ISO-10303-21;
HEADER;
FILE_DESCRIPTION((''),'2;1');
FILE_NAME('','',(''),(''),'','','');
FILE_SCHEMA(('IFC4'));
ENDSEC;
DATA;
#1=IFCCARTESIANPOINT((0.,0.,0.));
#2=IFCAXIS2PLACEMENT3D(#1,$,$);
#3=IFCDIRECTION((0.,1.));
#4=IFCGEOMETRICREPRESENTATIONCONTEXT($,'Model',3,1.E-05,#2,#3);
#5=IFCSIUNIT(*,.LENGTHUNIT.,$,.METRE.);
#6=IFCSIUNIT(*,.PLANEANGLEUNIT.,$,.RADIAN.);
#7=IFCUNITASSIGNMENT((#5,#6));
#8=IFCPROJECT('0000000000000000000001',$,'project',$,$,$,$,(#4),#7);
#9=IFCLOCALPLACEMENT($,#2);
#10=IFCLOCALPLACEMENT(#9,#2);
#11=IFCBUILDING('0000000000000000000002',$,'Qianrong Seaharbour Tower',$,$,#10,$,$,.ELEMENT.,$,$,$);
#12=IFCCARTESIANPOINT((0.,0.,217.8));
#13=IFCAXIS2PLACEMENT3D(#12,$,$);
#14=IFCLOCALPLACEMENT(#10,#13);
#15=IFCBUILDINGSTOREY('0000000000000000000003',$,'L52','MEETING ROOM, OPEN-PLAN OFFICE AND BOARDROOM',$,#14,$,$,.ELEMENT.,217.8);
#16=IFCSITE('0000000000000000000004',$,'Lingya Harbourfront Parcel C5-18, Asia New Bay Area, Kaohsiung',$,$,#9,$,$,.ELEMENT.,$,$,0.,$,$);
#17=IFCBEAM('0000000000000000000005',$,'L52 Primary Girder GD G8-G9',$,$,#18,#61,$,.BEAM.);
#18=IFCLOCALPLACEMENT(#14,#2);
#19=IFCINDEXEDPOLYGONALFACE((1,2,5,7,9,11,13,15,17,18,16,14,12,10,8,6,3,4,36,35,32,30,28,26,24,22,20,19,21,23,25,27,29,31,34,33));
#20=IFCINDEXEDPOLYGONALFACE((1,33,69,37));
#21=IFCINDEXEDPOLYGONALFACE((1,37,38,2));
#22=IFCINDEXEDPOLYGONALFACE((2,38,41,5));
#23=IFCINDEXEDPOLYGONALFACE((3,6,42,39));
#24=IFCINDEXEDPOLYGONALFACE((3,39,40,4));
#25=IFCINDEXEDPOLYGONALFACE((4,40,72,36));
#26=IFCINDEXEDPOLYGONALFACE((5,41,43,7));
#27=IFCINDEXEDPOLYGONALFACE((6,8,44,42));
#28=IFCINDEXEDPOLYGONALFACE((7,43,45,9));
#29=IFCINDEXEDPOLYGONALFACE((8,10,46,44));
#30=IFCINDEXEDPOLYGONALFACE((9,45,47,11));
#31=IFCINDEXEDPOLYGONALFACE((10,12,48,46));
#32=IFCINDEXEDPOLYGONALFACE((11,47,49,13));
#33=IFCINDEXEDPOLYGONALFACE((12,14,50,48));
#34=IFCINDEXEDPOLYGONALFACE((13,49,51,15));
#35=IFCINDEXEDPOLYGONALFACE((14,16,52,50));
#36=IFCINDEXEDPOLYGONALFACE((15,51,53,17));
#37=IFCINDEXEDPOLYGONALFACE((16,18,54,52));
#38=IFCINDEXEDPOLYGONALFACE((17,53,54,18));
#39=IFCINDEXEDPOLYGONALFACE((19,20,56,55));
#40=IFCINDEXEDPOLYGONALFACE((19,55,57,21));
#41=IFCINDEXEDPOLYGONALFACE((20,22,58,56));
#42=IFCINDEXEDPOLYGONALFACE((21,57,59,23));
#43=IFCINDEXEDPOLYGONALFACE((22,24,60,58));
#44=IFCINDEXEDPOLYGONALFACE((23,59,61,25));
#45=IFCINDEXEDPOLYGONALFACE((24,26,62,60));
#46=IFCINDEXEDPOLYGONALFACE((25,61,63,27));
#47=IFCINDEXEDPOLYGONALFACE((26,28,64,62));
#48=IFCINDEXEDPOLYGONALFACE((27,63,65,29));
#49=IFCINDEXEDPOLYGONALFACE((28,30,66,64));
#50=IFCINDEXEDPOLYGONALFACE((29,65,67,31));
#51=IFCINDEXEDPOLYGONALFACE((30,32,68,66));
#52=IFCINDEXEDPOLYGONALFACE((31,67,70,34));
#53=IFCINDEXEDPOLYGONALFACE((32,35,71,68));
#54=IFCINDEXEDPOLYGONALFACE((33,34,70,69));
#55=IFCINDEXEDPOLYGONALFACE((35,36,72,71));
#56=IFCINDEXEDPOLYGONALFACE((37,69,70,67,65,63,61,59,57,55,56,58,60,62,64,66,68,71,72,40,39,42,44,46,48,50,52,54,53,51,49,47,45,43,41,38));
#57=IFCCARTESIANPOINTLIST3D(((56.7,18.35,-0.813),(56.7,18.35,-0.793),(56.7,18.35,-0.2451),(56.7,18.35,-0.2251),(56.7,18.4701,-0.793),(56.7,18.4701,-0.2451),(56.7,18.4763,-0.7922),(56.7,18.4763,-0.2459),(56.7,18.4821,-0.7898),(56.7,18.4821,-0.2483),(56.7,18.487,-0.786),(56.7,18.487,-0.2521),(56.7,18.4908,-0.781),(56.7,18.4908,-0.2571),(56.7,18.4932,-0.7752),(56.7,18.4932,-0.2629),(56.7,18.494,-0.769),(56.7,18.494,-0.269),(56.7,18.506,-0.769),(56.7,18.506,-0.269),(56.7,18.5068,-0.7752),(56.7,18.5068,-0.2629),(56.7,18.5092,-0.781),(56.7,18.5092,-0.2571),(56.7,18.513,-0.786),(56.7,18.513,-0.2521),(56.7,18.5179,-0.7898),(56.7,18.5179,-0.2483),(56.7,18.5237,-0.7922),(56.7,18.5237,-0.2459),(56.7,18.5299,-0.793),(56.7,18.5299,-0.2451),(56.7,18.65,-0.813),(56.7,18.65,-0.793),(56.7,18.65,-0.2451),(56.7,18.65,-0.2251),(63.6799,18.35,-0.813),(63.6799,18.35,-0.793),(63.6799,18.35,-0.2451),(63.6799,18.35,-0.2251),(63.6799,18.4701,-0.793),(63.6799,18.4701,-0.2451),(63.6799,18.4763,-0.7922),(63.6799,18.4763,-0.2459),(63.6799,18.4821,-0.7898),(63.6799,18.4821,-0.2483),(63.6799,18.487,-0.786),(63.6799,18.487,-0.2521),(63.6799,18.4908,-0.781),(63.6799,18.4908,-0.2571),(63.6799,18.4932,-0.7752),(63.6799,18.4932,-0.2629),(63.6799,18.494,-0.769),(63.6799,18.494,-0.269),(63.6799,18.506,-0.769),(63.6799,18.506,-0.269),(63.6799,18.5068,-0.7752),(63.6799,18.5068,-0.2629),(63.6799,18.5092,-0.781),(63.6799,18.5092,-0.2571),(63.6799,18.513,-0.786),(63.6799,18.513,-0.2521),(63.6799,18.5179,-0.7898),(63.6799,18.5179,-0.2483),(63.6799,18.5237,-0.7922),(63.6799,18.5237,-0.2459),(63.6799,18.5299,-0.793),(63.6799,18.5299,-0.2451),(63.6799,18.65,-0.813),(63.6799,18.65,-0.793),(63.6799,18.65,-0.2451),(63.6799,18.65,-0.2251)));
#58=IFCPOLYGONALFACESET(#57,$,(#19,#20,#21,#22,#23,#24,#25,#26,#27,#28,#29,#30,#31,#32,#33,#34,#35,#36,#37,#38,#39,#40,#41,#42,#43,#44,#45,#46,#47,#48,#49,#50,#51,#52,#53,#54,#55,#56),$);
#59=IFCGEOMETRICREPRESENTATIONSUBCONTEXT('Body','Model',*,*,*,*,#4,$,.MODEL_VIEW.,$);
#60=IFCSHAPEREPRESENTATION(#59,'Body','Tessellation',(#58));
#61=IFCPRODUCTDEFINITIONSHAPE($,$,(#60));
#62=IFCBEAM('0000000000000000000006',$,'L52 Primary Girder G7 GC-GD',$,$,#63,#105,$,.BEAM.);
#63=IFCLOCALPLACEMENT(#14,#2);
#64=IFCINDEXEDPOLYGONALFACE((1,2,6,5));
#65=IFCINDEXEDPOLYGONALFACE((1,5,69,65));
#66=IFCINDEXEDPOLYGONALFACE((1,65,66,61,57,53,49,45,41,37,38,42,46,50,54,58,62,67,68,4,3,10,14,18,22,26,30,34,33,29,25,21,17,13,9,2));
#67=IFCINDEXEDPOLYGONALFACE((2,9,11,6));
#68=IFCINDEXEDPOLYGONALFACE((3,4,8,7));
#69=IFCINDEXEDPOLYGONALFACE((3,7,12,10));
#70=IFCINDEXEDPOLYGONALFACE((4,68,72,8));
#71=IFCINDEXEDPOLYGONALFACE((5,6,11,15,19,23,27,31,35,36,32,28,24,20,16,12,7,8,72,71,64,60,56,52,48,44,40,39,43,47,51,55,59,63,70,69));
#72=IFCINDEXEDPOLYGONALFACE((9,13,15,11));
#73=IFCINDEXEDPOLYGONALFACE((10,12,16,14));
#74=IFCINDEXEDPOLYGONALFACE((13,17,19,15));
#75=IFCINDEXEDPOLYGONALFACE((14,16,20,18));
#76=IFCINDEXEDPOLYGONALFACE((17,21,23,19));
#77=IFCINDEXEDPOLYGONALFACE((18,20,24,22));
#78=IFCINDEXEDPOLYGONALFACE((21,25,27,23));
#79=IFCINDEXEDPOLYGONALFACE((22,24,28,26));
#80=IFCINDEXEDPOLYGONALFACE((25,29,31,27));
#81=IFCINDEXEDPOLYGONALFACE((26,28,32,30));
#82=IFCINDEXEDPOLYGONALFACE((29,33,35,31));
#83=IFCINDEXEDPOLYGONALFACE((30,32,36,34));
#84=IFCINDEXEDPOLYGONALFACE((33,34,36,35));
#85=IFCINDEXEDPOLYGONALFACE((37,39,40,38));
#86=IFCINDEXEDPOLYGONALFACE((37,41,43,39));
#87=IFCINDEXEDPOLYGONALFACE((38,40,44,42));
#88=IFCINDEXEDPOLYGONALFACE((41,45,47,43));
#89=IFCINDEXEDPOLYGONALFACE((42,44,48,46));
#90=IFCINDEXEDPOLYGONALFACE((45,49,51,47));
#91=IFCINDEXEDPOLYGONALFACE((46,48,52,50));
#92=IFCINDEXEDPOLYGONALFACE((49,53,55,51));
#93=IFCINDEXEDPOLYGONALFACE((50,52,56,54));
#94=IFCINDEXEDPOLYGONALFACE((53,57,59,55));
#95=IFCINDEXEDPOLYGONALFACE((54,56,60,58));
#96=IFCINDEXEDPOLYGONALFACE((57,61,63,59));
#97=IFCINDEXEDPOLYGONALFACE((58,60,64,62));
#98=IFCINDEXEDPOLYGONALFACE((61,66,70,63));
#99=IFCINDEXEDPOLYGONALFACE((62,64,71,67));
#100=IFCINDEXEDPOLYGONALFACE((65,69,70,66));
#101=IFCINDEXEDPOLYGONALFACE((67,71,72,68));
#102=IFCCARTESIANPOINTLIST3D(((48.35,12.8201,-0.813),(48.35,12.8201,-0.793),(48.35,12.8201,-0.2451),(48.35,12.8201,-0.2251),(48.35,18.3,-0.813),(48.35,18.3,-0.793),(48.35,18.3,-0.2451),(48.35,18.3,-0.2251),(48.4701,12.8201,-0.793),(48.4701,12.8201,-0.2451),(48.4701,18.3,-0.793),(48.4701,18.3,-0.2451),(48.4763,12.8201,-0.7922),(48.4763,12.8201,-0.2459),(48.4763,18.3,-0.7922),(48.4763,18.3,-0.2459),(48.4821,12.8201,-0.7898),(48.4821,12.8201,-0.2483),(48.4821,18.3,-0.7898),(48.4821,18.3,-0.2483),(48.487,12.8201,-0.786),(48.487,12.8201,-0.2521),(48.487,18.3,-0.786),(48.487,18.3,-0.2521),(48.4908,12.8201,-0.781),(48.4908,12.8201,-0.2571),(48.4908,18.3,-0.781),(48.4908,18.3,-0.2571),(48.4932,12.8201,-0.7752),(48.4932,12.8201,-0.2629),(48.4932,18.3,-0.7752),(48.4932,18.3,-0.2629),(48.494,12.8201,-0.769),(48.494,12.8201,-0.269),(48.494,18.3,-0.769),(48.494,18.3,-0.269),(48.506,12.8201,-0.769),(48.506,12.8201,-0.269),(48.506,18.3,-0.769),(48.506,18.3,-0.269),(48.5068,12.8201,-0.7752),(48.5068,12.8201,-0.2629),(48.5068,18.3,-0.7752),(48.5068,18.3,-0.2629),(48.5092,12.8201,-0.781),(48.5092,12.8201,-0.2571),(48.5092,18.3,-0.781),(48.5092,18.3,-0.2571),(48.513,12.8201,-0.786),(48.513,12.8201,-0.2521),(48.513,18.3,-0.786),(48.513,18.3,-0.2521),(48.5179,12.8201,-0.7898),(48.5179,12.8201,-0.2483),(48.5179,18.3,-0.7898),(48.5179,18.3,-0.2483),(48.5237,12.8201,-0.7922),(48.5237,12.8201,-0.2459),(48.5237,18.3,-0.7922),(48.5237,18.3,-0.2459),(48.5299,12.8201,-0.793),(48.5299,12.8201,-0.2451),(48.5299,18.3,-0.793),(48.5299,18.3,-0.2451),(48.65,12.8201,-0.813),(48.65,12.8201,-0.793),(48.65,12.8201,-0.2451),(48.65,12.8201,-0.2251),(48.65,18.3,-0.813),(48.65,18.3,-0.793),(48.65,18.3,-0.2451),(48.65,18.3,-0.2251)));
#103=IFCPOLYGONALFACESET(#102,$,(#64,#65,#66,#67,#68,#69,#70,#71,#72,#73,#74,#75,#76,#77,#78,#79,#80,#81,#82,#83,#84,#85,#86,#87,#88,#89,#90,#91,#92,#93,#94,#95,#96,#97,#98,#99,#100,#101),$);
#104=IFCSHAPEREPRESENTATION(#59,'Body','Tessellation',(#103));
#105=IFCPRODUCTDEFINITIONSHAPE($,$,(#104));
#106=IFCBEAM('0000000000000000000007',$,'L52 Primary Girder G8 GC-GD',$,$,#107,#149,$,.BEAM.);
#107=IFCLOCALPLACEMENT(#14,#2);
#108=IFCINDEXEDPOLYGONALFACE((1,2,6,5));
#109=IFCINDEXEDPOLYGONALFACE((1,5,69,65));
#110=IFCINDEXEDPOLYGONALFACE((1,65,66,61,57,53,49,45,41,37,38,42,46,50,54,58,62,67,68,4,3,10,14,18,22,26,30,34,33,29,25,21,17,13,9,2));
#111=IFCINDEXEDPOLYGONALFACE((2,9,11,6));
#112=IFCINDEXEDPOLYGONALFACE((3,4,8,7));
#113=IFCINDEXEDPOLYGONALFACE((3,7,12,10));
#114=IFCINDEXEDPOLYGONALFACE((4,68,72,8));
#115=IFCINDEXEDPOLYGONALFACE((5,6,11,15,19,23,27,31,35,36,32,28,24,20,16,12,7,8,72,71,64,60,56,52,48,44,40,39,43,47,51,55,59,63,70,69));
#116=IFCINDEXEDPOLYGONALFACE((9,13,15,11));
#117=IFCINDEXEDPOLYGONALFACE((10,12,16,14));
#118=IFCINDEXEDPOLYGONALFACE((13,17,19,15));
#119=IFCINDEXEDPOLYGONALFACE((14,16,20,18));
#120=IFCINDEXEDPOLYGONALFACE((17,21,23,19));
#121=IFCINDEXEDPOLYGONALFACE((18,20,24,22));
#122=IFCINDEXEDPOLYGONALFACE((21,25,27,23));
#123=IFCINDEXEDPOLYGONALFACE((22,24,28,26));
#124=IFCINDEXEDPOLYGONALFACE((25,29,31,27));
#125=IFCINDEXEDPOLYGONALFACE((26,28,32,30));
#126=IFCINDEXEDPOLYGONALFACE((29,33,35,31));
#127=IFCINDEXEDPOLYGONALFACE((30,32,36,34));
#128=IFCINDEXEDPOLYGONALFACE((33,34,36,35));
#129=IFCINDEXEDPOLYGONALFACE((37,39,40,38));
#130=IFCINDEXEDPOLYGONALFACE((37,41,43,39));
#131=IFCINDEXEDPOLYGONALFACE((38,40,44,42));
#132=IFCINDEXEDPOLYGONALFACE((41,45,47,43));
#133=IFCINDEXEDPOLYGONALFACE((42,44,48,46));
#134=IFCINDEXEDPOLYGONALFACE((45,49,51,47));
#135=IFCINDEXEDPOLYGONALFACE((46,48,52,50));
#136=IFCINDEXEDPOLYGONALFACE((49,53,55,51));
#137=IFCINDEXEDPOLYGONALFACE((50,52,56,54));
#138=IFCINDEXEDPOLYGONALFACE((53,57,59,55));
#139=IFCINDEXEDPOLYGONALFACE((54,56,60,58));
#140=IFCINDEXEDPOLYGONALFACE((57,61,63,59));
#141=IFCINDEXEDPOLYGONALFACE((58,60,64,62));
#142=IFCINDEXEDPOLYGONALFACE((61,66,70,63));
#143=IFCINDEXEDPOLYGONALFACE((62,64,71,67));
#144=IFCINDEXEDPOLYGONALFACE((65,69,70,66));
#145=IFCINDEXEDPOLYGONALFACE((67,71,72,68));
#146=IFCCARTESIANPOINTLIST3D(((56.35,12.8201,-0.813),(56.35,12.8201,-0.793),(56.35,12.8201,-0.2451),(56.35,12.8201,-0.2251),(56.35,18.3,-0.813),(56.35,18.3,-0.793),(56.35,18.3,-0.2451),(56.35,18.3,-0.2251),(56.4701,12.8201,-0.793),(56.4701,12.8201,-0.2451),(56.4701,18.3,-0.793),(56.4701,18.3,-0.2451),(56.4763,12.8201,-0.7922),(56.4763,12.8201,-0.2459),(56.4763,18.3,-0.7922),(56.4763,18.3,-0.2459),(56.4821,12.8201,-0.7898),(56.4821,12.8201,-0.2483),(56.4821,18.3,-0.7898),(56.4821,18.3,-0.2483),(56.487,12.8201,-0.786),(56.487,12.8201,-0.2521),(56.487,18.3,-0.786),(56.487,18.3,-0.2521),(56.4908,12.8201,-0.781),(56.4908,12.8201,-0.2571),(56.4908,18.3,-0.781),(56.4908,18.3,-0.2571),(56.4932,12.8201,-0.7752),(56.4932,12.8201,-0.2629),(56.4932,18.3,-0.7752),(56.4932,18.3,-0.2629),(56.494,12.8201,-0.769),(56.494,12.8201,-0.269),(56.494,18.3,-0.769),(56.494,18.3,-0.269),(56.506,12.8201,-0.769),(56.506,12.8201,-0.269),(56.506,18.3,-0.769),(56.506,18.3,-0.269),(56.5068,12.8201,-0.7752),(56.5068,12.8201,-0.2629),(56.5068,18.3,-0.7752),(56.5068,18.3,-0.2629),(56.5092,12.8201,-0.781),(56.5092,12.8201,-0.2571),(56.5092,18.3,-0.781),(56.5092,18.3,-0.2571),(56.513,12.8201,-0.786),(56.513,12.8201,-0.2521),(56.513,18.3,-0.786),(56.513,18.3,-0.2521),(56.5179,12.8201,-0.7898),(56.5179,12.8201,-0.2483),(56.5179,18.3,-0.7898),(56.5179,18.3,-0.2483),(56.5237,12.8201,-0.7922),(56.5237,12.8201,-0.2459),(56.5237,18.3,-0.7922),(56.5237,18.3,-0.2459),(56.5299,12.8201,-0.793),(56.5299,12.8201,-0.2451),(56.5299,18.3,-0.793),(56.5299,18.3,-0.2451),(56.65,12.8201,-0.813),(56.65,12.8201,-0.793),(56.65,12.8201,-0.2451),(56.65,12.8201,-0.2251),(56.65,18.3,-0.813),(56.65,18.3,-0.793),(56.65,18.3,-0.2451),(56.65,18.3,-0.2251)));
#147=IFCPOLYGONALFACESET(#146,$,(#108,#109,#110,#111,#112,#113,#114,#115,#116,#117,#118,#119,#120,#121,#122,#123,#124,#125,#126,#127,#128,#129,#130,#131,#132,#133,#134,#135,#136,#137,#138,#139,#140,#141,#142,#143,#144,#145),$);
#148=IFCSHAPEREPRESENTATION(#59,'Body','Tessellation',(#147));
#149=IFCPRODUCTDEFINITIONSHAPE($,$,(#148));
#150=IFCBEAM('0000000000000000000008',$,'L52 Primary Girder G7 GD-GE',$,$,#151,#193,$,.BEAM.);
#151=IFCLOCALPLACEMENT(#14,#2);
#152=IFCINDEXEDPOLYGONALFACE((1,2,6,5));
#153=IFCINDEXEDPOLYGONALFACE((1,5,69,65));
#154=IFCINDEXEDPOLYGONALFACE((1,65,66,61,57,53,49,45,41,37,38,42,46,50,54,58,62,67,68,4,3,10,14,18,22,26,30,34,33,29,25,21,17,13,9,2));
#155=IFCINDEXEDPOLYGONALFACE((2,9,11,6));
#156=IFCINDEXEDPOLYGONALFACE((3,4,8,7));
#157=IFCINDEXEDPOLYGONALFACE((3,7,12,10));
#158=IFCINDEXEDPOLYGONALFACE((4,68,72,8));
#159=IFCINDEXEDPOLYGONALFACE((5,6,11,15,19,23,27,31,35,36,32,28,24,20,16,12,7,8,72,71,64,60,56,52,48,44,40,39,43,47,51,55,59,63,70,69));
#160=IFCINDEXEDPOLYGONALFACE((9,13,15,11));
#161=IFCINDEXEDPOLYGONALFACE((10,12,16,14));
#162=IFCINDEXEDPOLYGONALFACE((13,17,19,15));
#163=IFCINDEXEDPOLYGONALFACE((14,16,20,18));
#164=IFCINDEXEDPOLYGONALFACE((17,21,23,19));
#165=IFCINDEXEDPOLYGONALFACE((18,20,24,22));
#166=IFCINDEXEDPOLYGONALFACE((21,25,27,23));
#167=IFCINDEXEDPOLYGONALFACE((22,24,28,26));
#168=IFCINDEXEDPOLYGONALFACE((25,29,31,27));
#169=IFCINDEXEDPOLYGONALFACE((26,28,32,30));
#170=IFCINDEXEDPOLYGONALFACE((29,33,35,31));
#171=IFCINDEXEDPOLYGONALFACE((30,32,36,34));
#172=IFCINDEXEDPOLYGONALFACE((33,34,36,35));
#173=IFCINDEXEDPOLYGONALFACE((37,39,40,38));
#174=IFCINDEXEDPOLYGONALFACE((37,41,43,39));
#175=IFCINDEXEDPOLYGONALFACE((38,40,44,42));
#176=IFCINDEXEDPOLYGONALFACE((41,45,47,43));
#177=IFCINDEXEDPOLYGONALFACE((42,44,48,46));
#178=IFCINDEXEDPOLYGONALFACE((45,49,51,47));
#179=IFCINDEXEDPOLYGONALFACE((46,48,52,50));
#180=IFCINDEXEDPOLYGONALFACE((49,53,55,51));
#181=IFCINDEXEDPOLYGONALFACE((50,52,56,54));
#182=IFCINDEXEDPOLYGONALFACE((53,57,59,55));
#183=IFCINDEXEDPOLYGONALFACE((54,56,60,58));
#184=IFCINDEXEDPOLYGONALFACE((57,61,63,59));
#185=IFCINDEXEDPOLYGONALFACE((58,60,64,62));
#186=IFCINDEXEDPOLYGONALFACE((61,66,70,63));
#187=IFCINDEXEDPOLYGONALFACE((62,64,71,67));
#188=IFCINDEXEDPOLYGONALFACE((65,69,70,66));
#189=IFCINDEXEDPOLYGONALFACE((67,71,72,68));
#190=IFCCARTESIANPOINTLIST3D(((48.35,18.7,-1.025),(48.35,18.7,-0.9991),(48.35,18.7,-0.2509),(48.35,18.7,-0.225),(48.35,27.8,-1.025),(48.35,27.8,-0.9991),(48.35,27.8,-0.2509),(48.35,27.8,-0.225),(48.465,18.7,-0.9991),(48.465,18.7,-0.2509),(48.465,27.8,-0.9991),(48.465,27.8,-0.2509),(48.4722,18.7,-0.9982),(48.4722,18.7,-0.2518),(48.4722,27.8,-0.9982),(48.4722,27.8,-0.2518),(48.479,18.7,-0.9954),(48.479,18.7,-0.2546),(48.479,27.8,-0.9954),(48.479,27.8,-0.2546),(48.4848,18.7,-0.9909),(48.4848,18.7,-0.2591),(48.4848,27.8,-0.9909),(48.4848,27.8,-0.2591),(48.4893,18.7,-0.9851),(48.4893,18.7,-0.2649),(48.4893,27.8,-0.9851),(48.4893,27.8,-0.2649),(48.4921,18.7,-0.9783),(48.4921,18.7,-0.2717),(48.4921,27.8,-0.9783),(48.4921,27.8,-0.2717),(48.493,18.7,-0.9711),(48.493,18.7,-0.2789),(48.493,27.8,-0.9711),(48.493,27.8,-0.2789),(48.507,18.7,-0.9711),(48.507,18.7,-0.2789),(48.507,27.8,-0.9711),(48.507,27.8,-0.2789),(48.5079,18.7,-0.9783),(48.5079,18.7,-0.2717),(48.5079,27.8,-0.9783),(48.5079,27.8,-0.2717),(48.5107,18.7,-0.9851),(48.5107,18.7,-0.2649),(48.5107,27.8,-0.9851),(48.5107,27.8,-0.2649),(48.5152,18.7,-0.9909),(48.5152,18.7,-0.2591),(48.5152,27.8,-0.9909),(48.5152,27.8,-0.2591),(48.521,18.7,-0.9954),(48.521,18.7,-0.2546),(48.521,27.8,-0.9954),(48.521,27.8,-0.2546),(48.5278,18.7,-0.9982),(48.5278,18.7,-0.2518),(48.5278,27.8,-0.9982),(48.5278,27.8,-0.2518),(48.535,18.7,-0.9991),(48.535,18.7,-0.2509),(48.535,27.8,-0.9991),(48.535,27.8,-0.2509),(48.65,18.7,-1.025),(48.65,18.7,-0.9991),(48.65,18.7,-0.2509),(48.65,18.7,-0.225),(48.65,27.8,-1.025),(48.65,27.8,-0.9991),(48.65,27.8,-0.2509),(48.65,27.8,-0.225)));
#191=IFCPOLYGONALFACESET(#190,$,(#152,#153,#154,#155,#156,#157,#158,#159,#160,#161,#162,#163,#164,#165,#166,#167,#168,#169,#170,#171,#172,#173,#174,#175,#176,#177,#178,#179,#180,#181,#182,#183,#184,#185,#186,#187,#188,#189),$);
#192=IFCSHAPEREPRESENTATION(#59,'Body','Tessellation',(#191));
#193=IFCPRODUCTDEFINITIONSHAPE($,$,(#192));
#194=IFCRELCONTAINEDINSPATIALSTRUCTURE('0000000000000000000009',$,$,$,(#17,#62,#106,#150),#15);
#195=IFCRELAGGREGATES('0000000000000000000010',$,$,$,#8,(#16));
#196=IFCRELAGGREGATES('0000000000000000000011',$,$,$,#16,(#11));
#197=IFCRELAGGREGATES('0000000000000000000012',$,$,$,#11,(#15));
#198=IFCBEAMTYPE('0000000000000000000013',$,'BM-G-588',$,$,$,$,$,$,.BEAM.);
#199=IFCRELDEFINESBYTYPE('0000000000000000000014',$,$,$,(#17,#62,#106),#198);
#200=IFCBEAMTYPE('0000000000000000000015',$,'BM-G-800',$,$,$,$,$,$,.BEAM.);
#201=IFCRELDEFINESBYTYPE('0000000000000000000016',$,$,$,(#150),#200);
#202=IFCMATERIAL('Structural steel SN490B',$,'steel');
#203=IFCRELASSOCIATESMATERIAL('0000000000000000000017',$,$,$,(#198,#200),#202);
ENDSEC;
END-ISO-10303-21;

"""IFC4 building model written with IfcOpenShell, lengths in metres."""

from ifc_helpers import new_model, si_unit, direction, frame, origin, origin_2d, place, context, subcontext, project, spatial, i_section, extrude, material, material_profile, profile_set, type_object, element, save


model = new_model("IFC4")

# Units and contexts
model_context = context("Model", 3, precision=1e-05, world=origin(), true_north=direction((0.0, 1.0)))
body_context = subcontext(model_context, "Body", "Model", "MODEL_VIEW")
ifc_project = project(units=[si_unit("LENGTHUNIT", "METRE"), si_unit("PLANEANGLEUNIT", "RADIAN")], contexts=[model_context])

# Site, building, storey
site_placement = place(None, origin())
site = spatial("IfcSite", under=ifc_project, at=site_placement, Name="Lingya Harbourfront Parcel C5-18, Asia New Bay Area, Kaohsiung", CompositionType="ELEMENT", RefElevation=0.0)
building_placement = place(site_placement, origin())
building = spatial("IfcBuilding", under=site, at=building_placement, Name="Qianrong Seaharbour Tower", CompositionType="ELEMENT")
storey_placement = place(building_placement, frame((0.0, 0.0, 217.8)))
storey = spatial("IfcBuildingStorey", under=building, at=storey_placement, Name="L52", Description="MEETING ROOM, OPEN-PLAN OFFICE AND BOARDROOM", CompositionType="ELEMENT", Elevation=217.8)

# Shared definitions
ifc_material_1 = material(Name="Structural steel SN490B", Category="steel")

# Beams
ifc_material_profile_1 = material_profile(ifc_material_1, i_section(OverallWidth=0.3, OverallDepth=0.5879, WebThickness=0.012, FlangeThickness=0.02, FilletRadius=0.0239, at=origin_2d()), Name="H588x300x12x20")
ifc_profile_set_1 = profile_set([ifc_material_profile_1], Name="Structural steel SN490B")
beam_type_1 = type_object("IfcBeamType", Name="BM-G-588", PredefinedType="BEAM", material=ifc_profile_set_1)
beam_1_placement = place(storey_placement, frame((56.7, 18.5, -0.519), z_axis=(1.0, 0.0, 0.0), x_axis=(0.0, 1.0, 0.0)))
element("IfcBeam", 1, at=beam_1_placement, inside=storey, type_object=beam_type_1, Name="L52 Primary Girder GD G8-G9", PredefinedType="BEAM", context=body_context, shape_type="SweptSolid", body=[
    extrude(i_section(OverallWidth=0.3, OverallDepth=0.5879, WebThickness=0.012, FlangeThickness=0.02, FilletRadius=0.0239, at=origin_2d()), origin(), (0.0, 0.0, 1.0), 6.98),
])
for number, where, z_axis, x_axis, name in (
    (2, (48.5, 12.8201, -0.519), (0.0, 1.0, 0.0), (-1.0, 0.0, 0.0), "L52 Primary Girder G7 GC-GD"),
    (3, (56.5, 12.8201, -0.519), (0.0, 1.0, 0.0), (-1.0, 0.0, 0.0), "L52 Primary Girder G8 GC-GD"),
):
    element("IfcBeam", number, at=place(storey_placement, frame(where, z_axis=z_axis, x_axis=x_axis)), inside=storey, type_object=beam_type_1, Name=name, PredefinedType="BEAM", context=body_context, shape_type="SweptSolid", body=[
        extrude(i_section(OverallWidth=0.3, OverallDepth=0.5879, WebThickness=0.012, FlangeThickness=0.02, FilletRadius=0.0239, at=origin_2d()), origin(), (0.0, 0.0, 1.0), 5.48),
    ])
ifc_material_profile_2 = material_profile(ifc_material_1, i_section(OverallWidth=0.3, OverallDepth=0.8, WebThickness=0.0139, FlangeThickness=0.0259, FilletRadius=0.0281, at=origin_2d()), Name="H800x300x14x26")
ifc_profile_set_2 = profile_set([ifc_material_profile_2], Name="Structural steel SN490B")
beam_type_2 = type_object("IfcBeamType", Name="BM-G-800", PredefinedType="BEAM", material=ifc_profile_set_2)
for number, where, z_axis, x_axis, name in (
    (4, (48.5, 18.7, -0.625), (0.0, 1.0, 0.0), (-1.0, 0.0, 0.0), "L52 Primary Girder G7 GD-GE"),
):
    element("IfcBeam", number, at=place(storey_placement, frame(where, z_axis=z_axis, x_axis=x_axis)), inside=storey, type_object=beam_type_2, Name=name, PredefinedType="BEAM", context=body_context, shape_type="SweptSolid", body=[
        extrude(i_section(OverallWidth=0.3, OverallDepth=0.8, WebThickness=0.0139, FlangeThickness=0.0259, FilletRadius=0.0281, at=origin_2d()), origin(), (0.0, 0.0, 1.0), 9.1001),
    ])

save(model, "model.ifc")
